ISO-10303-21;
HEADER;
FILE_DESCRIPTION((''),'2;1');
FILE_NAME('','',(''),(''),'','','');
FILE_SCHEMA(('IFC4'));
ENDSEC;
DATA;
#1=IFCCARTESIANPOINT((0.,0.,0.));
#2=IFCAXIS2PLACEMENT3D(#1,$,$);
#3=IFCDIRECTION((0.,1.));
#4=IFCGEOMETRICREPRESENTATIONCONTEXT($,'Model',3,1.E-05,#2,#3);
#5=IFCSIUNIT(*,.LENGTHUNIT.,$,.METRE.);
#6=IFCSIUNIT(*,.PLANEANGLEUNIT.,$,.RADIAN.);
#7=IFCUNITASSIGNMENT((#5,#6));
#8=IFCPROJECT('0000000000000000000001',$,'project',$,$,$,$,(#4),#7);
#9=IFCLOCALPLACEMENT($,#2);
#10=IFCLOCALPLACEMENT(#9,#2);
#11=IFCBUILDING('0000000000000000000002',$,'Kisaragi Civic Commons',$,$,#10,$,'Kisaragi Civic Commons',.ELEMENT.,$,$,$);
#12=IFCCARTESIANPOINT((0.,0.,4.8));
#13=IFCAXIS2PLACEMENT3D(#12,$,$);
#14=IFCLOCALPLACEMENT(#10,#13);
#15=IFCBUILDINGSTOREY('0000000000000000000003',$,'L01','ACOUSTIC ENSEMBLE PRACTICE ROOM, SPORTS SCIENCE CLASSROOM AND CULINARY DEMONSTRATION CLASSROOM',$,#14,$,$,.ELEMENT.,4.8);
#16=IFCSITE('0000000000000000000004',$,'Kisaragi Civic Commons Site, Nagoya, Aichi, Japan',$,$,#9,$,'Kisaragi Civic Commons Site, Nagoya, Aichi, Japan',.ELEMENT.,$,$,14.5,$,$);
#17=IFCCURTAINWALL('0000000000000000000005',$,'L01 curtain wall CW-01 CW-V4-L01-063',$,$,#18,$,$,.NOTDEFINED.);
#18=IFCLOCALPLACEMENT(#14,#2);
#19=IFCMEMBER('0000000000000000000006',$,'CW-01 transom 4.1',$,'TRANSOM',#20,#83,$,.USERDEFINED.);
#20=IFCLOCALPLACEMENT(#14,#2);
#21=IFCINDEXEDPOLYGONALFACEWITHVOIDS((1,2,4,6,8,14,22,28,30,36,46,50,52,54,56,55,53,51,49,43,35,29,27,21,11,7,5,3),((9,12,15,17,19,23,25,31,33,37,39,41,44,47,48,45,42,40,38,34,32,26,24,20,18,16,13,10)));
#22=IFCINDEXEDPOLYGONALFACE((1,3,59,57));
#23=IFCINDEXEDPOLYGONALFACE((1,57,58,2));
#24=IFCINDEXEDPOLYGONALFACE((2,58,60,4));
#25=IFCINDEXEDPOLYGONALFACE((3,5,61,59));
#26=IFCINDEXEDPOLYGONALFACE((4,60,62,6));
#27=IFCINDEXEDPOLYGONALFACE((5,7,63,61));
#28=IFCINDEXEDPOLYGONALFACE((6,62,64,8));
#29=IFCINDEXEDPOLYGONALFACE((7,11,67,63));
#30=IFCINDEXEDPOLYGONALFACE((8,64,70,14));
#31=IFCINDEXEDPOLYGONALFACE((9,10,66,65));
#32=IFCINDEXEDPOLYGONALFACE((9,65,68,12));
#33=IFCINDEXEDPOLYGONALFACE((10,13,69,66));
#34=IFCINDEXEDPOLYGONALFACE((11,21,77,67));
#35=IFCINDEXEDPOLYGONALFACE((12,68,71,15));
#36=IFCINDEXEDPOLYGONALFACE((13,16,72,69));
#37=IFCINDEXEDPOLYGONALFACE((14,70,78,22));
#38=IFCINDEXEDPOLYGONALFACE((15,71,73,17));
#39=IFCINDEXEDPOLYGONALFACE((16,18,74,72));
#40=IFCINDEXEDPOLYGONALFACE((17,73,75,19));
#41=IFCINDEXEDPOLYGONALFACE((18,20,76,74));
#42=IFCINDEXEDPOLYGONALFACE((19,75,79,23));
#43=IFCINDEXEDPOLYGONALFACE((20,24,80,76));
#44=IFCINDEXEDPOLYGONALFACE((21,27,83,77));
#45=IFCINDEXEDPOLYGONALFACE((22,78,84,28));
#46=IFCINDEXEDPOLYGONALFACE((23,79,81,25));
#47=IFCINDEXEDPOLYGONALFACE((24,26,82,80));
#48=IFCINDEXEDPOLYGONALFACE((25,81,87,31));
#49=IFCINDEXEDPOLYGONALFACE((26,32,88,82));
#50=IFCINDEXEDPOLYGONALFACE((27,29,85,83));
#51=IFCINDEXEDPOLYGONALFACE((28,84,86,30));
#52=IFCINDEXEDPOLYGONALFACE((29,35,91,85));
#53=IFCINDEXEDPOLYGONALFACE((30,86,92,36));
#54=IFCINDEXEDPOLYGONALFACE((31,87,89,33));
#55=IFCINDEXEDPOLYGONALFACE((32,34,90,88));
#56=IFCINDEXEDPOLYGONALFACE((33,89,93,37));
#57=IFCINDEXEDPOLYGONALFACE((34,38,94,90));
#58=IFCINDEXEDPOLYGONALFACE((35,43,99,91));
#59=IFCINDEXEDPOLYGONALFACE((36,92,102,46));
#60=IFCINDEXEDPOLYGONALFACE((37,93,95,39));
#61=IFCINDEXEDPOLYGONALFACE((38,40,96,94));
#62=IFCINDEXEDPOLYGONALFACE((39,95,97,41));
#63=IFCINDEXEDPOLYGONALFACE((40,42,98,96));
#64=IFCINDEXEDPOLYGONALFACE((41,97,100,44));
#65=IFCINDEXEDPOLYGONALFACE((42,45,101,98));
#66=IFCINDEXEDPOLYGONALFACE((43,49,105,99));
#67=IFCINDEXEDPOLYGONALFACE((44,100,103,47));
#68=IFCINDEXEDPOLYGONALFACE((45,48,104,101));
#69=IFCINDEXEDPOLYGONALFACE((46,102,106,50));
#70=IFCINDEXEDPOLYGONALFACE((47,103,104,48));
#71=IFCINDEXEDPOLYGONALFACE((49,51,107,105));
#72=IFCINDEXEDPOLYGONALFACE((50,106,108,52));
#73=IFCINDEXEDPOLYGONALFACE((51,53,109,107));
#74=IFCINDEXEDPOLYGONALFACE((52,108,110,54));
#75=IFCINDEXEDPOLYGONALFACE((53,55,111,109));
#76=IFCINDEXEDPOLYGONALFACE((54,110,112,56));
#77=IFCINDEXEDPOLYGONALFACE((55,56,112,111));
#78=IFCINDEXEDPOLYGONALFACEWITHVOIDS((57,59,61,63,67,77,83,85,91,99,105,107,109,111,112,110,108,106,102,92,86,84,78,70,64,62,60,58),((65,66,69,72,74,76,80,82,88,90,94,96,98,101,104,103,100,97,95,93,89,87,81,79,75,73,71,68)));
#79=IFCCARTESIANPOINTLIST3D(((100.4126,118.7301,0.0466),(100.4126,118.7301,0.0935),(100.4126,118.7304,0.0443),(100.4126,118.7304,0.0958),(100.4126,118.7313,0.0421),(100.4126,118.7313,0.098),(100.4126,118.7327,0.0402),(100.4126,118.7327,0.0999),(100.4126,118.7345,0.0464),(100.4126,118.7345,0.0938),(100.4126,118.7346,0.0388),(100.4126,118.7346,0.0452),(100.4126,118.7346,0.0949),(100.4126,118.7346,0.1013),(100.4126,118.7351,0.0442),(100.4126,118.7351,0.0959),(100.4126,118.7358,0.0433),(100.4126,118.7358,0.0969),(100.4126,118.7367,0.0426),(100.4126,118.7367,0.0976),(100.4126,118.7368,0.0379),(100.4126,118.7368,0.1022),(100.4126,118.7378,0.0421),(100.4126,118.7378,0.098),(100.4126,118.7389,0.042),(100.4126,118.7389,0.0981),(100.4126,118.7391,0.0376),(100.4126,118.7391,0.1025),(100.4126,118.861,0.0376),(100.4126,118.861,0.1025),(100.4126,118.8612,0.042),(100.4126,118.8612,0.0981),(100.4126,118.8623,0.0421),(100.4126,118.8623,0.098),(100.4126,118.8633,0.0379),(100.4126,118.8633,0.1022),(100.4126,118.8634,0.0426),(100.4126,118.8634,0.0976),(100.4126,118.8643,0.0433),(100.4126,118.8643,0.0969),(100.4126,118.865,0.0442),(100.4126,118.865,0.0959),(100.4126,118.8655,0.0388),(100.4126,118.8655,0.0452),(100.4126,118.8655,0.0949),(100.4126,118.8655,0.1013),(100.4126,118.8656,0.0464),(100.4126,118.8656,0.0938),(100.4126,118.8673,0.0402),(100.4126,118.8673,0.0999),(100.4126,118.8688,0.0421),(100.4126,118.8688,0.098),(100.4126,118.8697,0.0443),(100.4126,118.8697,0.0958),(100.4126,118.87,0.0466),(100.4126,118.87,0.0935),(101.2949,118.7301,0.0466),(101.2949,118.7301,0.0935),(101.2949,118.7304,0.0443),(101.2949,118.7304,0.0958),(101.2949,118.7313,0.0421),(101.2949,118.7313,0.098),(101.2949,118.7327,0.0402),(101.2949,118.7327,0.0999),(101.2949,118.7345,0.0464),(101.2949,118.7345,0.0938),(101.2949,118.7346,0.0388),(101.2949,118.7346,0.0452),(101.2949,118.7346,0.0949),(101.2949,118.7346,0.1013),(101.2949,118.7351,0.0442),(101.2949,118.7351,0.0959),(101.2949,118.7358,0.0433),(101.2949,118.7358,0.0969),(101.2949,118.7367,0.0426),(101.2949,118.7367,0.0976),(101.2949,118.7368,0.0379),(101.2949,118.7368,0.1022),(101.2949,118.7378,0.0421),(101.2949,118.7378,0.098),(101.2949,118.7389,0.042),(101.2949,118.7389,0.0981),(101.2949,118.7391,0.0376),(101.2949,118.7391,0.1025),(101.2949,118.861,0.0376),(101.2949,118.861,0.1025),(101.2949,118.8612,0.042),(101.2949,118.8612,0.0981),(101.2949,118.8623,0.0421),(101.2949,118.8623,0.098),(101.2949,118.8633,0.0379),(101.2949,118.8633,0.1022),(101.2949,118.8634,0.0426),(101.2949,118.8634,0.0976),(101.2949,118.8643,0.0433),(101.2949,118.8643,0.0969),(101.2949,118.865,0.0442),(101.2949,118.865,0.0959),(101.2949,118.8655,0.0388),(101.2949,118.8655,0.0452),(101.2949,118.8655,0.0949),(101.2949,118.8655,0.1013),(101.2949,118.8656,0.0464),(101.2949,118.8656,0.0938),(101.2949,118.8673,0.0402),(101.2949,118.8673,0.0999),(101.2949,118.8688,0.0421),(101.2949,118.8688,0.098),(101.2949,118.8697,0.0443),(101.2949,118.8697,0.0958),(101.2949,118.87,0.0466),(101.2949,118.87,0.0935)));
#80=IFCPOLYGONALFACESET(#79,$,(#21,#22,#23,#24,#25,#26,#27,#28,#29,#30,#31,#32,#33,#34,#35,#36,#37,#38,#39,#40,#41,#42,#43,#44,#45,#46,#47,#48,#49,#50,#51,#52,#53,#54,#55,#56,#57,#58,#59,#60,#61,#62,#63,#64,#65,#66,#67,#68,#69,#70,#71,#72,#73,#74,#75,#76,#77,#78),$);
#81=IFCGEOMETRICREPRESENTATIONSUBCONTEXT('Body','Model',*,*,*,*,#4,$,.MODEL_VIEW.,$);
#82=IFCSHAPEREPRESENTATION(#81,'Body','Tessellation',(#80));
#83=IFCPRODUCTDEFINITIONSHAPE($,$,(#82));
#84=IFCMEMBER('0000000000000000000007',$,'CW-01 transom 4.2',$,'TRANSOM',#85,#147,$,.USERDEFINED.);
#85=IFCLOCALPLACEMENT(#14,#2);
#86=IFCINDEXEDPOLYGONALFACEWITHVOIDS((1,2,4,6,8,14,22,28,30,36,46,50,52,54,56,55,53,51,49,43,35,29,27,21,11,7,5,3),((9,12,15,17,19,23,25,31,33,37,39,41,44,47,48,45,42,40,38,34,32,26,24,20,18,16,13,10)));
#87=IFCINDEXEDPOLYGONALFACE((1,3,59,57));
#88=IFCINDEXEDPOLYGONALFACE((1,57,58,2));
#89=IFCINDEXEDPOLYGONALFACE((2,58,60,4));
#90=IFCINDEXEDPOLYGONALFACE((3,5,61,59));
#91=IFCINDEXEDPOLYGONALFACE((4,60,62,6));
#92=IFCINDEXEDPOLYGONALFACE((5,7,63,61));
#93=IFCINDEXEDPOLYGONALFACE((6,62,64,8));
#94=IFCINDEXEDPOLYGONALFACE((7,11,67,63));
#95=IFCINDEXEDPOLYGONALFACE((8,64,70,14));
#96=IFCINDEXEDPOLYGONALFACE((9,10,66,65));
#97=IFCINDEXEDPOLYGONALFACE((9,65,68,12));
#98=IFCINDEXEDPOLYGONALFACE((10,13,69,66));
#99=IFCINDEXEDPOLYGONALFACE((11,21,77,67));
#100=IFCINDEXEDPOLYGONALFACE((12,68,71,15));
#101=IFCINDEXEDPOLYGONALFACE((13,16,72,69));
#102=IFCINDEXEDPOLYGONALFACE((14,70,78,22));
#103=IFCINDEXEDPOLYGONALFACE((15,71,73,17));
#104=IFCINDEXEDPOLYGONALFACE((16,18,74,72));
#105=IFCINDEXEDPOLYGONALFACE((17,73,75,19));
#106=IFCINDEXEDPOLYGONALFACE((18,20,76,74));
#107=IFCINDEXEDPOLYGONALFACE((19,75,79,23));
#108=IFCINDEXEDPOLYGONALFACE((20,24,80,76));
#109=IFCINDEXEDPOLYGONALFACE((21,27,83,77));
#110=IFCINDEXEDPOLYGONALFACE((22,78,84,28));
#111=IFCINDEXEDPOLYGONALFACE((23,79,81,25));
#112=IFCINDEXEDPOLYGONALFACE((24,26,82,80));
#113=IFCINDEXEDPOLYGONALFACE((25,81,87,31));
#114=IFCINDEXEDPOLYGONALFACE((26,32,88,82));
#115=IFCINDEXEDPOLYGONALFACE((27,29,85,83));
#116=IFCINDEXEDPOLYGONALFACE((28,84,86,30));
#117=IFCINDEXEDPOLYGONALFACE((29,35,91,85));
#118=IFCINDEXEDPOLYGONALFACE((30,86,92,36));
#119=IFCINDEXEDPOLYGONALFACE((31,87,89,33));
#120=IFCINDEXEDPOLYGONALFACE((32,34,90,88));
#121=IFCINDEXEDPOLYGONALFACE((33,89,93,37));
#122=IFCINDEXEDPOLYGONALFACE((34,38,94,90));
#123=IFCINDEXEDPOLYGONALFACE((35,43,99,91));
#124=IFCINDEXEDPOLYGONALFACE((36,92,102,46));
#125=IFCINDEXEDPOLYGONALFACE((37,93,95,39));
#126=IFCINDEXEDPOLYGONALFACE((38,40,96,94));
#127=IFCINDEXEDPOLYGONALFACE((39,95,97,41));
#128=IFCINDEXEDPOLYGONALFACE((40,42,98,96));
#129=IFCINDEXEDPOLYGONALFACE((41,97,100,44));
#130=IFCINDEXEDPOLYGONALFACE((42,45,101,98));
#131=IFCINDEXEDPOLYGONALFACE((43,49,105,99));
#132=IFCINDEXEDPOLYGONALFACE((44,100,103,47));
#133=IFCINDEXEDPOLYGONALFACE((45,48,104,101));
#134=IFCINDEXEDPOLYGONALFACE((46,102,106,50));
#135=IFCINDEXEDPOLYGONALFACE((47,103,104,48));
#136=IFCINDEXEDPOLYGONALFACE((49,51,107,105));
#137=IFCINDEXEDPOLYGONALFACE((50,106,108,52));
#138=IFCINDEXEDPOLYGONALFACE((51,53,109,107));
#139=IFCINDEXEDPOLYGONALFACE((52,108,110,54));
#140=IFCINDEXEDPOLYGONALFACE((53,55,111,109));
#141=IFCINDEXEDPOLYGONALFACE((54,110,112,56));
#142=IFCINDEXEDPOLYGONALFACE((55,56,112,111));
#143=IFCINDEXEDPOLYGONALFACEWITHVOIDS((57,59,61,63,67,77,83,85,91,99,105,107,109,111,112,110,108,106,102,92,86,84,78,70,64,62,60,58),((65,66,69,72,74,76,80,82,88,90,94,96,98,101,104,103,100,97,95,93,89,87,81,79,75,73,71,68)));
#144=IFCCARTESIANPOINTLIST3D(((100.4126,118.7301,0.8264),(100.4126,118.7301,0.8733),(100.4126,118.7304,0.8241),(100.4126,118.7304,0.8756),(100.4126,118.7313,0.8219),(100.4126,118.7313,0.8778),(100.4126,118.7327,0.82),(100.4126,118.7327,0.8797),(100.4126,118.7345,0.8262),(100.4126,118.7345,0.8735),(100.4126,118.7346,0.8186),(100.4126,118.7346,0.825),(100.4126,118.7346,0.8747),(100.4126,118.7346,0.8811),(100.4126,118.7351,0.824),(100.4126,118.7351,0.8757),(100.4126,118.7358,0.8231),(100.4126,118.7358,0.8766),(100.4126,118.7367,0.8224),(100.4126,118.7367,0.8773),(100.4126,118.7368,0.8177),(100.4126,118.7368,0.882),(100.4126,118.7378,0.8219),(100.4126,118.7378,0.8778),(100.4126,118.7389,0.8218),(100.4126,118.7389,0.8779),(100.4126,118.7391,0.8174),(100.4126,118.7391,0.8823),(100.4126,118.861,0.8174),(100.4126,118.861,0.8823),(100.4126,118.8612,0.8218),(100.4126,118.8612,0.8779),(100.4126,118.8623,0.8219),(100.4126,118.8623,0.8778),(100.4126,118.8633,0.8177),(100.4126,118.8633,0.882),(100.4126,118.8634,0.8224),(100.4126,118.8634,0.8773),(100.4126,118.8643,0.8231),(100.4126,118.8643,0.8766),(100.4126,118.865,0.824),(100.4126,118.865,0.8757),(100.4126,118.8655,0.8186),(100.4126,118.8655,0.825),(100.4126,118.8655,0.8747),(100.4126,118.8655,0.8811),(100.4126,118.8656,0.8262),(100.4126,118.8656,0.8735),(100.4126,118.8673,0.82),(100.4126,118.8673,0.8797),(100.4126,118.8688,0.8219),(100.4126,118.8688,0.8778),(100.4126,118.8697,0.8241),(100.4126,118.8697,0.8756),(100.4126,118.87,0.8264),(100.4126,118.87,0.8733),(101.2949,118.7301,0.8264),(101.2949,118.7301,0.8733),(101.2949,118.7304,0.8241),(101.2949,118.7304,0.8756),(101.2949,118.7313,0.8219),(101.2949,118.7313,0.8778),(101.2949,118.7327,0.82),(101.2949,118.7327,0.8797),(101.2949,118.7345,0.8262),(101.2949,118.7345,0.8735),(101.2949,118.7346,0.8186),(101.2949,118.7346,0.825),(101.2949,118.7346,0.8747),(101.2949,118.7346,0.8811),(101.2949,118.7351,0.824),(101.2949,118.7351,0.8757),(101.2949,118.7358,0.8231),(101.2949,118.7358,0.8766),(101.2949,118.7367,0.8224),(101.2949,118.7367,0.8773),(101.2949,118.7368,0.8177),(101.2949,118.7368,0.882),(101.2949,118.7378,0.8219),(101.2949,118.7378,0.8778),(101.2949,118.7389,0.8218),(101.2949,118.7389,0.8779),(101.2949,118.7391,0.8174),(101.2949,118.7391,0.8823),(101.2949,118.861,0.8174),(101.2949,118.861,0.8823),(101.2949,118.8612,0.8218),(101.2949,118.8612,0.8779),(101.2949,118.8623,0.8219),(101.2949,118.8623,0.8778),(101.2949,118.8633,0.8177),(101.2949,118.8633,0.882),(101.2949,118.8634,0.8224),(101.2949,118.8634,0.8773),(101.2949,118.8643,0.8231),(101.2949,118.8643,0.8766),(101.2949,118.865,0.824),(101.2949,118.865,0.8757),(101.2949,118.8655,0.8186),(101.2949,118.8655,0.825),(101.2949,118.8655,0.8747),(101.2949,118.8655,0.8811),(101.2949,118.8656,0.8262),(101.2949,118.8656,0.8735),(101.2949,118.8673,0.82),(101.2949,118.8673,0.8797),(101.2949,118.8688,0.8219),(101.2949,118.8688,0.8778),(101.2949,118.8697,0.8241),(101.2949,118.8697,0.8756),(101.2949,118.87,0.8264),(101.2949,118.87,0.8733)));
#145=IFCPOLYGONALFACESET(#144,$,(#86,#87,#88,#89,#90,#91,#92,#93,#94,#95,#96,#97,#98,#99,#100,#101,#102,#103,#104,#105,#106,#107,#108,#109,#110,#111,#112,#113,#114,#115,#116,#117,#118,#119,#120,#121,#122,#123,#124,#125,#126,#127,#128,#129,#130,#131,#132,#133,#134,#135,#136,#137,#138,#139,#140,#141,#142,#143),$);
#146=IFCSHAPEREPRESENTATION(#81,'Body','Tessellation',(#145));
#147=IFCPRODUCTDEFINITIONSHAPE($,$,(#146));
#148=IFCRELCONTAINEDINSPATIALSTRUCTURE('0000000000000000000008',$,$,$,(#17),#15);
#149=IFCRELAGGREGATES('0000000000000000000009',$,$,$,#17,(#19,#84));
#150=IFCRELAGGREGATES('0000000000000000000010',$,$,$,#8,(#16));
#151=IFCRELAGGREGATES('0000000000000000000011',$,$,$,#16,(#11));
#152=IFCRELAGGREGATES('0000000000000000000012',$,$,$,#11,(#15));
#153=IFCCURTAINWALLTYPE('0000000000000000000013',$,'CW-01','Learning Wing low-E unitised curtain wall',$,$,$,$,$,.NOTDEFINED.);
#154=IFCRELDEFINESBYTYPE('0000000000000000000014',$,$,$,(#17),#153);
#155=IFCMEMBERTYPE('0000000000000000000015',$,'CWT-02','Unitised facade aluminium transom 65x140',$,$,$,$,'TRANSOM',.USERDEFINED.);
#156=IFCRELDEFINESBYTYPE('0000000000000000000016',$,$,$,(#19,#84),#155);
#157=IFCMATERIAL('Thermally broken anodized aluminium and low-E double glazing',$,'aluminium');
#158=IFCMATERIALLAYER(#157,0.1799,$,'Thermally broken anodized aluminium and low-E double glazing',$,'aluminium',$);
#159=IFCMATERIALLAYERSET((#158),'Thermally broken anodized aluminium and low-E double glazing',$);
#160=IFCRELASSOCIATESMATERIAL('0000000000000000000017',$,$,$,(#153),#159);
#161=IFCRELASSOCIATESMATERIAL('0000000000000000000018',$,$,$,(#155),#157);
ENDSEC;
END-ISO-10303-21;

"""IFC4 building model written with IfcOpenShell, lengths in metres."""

from ifc_helpers import new_model, si_unit, direction, frame, origin, origin_2d, place, context, subcontext, project, spatial, hollow_rectangle, extrude, material, layer, layer_set, material_profile, profile_set, type_object, element, aggregate, save


model = new_model("IFC4")

# Units and contexts
model_context = context("Model", 3, precision=1e-05, world=origin(), true_north=direction((0.0, 1.0)))
body_context = subcontext(model_context, "Body", "Model", "MODEL_VIEW")
ifc_project = project(units=[si_unit("LENGTHUNIT", "METRE"), si_unit("PLANEANGLEUNIT", "RADIAN")], contexts=[model_context])

# Site, building, storey
site_placement = place(None, origin())
site = spatial("IfcSite", under=ifc_project, at=site_placement, Name="Kisaragi Civic Commons Site, Nagoya, Aichi, Japan", LongName="Kisaragi Civic Commons Site, Nagoya, Aichi, Japan", CompositionType="ELEMENT", RefElevation=14.5)
building_placement = place(site_placement, origin())
building = spatial("IfcBuilding", under=site, at=building_placement, Name="Kisaragi Civic Commons", LongName="Kisaragi Civic Commons", CompositionType="ELEMENT")
storey_placement = place(building_placement, frame((0.0, 0.0, 4.8)))
storey = spatial("IfcBuildingStorey", under=building, at=storey_placement, Name="L01", Description="ACOUSTIC ENSEMBLE PRACTICE ROOM, SPORTS SCIENCE CLASSROOM AND CULINARY DEMONSTRATION CLASSROOM", CompositionType="ELEMENT", Elevation=4.8)

# Curtain wall
ifc_material = material(Name="Thermally broken anodized aluminium and low-E double glazing", Category="aluminium")
ifc_layer_1 = layer(ifc_material, 0.1799, Name="Thermally broken anodized aluminium and low-E double glazing", Category="aluminium")
ifc_layer_set_1 = layer_set([ifc_layer_1], Name="Thermally broken anodized aluminium and low-E double glazing")
curtain_wall_type = type_object("IfcCurtainWallType", Name="CW-01", Description="Learning Wing low-E unitised curtain wall", PredefinedType="NOTDEFINED", material=ifc_layer_set_1)
curtain_wall_1_placement = place(storey_placement, origin())
curtain_wall_1 = element("IfcCurtainWall", 1, at=curtain_wall_1_placement, inside=storey, type_object=curtain_wall_type, Name="L01 curtain wall CW-01 CW-V4-L01-063", PredefinedType="NOTDEFINED")

# Members
ifc_material_profile_1 = material_profile(ifc_material, hollow_rectangle(XDim=0.1399, YDim=0.0649, WallThickness=0.0044, InnerFilletRadius=0.0044, OuterFilletRadius=0.009, at=origin_2d()), Name="CWT-65x140x4.5", Category="aluminium")
ifc_profile_set_1 = profile_set([ifc_material_profile_1], Name="Thermally broken anodized aluminium and low-E double glazing")
member_type_1 = type_object("IfcMemberType", Name="CWT-02", Description="Unitised facade aluminium transom 65x140", ElementType="TRANSOM", PredefinedType="USERDEFINED", material=ifc_profile_set_1)
member_1_placement = place(storey_placement, frame((100.4126, 118.8, 0.0701), z_axis=(1.0, 0.0, 0.0), x_axis=(0.0, 1.0, 0.0)))
member_1 = element("IfcMember", 2, at=member_1_placement, type_object=member_type_1, Name="CW-01 transom 4.1", ObjectType="TRANSOM", PredefinedType="USERDEFINED", context=body_context, shape_type="SweptSolid", body=[
    extrude(hollow_rectangle(XDim=0.1399, YDim=0.0649, WallThickness=0.0044, InnerFilletRadius=0.0044, OuterFilletRadius=0.009, at=origin_2d()), origin(), (0.0, 0.0, 1.0), 0.8823),
])
member_2_placement = place(storey_placement, frame((100.4126, 118.8, 0.8499), z_axis=(1.0, 0.0, 0.0), x_axis=(0.0, 1.0, 0.0)))
member_2 = element("IfcMember", 3, at=member_2_placement, type_object=member_type_1, Name="CW-01 transom 4.2", ObjectType="TRANSOM", PredefinedType="USERDEFINED", context=body_context, shape_type="SweptSolid", body=[
    extrude(hollow_rectangle(XDim=0.1399, YDim=0.0649, WallThickness=0.0044, InnerFilletRadius=0.0044, OuterFilletRadius=0.009, at=origin_2d()), origin(), (0.0, 0.0, 1.0), 0.8823),
])

aggregate(curtain_wall_1, [member_1, member_2])

save(model, "model.ifc")
